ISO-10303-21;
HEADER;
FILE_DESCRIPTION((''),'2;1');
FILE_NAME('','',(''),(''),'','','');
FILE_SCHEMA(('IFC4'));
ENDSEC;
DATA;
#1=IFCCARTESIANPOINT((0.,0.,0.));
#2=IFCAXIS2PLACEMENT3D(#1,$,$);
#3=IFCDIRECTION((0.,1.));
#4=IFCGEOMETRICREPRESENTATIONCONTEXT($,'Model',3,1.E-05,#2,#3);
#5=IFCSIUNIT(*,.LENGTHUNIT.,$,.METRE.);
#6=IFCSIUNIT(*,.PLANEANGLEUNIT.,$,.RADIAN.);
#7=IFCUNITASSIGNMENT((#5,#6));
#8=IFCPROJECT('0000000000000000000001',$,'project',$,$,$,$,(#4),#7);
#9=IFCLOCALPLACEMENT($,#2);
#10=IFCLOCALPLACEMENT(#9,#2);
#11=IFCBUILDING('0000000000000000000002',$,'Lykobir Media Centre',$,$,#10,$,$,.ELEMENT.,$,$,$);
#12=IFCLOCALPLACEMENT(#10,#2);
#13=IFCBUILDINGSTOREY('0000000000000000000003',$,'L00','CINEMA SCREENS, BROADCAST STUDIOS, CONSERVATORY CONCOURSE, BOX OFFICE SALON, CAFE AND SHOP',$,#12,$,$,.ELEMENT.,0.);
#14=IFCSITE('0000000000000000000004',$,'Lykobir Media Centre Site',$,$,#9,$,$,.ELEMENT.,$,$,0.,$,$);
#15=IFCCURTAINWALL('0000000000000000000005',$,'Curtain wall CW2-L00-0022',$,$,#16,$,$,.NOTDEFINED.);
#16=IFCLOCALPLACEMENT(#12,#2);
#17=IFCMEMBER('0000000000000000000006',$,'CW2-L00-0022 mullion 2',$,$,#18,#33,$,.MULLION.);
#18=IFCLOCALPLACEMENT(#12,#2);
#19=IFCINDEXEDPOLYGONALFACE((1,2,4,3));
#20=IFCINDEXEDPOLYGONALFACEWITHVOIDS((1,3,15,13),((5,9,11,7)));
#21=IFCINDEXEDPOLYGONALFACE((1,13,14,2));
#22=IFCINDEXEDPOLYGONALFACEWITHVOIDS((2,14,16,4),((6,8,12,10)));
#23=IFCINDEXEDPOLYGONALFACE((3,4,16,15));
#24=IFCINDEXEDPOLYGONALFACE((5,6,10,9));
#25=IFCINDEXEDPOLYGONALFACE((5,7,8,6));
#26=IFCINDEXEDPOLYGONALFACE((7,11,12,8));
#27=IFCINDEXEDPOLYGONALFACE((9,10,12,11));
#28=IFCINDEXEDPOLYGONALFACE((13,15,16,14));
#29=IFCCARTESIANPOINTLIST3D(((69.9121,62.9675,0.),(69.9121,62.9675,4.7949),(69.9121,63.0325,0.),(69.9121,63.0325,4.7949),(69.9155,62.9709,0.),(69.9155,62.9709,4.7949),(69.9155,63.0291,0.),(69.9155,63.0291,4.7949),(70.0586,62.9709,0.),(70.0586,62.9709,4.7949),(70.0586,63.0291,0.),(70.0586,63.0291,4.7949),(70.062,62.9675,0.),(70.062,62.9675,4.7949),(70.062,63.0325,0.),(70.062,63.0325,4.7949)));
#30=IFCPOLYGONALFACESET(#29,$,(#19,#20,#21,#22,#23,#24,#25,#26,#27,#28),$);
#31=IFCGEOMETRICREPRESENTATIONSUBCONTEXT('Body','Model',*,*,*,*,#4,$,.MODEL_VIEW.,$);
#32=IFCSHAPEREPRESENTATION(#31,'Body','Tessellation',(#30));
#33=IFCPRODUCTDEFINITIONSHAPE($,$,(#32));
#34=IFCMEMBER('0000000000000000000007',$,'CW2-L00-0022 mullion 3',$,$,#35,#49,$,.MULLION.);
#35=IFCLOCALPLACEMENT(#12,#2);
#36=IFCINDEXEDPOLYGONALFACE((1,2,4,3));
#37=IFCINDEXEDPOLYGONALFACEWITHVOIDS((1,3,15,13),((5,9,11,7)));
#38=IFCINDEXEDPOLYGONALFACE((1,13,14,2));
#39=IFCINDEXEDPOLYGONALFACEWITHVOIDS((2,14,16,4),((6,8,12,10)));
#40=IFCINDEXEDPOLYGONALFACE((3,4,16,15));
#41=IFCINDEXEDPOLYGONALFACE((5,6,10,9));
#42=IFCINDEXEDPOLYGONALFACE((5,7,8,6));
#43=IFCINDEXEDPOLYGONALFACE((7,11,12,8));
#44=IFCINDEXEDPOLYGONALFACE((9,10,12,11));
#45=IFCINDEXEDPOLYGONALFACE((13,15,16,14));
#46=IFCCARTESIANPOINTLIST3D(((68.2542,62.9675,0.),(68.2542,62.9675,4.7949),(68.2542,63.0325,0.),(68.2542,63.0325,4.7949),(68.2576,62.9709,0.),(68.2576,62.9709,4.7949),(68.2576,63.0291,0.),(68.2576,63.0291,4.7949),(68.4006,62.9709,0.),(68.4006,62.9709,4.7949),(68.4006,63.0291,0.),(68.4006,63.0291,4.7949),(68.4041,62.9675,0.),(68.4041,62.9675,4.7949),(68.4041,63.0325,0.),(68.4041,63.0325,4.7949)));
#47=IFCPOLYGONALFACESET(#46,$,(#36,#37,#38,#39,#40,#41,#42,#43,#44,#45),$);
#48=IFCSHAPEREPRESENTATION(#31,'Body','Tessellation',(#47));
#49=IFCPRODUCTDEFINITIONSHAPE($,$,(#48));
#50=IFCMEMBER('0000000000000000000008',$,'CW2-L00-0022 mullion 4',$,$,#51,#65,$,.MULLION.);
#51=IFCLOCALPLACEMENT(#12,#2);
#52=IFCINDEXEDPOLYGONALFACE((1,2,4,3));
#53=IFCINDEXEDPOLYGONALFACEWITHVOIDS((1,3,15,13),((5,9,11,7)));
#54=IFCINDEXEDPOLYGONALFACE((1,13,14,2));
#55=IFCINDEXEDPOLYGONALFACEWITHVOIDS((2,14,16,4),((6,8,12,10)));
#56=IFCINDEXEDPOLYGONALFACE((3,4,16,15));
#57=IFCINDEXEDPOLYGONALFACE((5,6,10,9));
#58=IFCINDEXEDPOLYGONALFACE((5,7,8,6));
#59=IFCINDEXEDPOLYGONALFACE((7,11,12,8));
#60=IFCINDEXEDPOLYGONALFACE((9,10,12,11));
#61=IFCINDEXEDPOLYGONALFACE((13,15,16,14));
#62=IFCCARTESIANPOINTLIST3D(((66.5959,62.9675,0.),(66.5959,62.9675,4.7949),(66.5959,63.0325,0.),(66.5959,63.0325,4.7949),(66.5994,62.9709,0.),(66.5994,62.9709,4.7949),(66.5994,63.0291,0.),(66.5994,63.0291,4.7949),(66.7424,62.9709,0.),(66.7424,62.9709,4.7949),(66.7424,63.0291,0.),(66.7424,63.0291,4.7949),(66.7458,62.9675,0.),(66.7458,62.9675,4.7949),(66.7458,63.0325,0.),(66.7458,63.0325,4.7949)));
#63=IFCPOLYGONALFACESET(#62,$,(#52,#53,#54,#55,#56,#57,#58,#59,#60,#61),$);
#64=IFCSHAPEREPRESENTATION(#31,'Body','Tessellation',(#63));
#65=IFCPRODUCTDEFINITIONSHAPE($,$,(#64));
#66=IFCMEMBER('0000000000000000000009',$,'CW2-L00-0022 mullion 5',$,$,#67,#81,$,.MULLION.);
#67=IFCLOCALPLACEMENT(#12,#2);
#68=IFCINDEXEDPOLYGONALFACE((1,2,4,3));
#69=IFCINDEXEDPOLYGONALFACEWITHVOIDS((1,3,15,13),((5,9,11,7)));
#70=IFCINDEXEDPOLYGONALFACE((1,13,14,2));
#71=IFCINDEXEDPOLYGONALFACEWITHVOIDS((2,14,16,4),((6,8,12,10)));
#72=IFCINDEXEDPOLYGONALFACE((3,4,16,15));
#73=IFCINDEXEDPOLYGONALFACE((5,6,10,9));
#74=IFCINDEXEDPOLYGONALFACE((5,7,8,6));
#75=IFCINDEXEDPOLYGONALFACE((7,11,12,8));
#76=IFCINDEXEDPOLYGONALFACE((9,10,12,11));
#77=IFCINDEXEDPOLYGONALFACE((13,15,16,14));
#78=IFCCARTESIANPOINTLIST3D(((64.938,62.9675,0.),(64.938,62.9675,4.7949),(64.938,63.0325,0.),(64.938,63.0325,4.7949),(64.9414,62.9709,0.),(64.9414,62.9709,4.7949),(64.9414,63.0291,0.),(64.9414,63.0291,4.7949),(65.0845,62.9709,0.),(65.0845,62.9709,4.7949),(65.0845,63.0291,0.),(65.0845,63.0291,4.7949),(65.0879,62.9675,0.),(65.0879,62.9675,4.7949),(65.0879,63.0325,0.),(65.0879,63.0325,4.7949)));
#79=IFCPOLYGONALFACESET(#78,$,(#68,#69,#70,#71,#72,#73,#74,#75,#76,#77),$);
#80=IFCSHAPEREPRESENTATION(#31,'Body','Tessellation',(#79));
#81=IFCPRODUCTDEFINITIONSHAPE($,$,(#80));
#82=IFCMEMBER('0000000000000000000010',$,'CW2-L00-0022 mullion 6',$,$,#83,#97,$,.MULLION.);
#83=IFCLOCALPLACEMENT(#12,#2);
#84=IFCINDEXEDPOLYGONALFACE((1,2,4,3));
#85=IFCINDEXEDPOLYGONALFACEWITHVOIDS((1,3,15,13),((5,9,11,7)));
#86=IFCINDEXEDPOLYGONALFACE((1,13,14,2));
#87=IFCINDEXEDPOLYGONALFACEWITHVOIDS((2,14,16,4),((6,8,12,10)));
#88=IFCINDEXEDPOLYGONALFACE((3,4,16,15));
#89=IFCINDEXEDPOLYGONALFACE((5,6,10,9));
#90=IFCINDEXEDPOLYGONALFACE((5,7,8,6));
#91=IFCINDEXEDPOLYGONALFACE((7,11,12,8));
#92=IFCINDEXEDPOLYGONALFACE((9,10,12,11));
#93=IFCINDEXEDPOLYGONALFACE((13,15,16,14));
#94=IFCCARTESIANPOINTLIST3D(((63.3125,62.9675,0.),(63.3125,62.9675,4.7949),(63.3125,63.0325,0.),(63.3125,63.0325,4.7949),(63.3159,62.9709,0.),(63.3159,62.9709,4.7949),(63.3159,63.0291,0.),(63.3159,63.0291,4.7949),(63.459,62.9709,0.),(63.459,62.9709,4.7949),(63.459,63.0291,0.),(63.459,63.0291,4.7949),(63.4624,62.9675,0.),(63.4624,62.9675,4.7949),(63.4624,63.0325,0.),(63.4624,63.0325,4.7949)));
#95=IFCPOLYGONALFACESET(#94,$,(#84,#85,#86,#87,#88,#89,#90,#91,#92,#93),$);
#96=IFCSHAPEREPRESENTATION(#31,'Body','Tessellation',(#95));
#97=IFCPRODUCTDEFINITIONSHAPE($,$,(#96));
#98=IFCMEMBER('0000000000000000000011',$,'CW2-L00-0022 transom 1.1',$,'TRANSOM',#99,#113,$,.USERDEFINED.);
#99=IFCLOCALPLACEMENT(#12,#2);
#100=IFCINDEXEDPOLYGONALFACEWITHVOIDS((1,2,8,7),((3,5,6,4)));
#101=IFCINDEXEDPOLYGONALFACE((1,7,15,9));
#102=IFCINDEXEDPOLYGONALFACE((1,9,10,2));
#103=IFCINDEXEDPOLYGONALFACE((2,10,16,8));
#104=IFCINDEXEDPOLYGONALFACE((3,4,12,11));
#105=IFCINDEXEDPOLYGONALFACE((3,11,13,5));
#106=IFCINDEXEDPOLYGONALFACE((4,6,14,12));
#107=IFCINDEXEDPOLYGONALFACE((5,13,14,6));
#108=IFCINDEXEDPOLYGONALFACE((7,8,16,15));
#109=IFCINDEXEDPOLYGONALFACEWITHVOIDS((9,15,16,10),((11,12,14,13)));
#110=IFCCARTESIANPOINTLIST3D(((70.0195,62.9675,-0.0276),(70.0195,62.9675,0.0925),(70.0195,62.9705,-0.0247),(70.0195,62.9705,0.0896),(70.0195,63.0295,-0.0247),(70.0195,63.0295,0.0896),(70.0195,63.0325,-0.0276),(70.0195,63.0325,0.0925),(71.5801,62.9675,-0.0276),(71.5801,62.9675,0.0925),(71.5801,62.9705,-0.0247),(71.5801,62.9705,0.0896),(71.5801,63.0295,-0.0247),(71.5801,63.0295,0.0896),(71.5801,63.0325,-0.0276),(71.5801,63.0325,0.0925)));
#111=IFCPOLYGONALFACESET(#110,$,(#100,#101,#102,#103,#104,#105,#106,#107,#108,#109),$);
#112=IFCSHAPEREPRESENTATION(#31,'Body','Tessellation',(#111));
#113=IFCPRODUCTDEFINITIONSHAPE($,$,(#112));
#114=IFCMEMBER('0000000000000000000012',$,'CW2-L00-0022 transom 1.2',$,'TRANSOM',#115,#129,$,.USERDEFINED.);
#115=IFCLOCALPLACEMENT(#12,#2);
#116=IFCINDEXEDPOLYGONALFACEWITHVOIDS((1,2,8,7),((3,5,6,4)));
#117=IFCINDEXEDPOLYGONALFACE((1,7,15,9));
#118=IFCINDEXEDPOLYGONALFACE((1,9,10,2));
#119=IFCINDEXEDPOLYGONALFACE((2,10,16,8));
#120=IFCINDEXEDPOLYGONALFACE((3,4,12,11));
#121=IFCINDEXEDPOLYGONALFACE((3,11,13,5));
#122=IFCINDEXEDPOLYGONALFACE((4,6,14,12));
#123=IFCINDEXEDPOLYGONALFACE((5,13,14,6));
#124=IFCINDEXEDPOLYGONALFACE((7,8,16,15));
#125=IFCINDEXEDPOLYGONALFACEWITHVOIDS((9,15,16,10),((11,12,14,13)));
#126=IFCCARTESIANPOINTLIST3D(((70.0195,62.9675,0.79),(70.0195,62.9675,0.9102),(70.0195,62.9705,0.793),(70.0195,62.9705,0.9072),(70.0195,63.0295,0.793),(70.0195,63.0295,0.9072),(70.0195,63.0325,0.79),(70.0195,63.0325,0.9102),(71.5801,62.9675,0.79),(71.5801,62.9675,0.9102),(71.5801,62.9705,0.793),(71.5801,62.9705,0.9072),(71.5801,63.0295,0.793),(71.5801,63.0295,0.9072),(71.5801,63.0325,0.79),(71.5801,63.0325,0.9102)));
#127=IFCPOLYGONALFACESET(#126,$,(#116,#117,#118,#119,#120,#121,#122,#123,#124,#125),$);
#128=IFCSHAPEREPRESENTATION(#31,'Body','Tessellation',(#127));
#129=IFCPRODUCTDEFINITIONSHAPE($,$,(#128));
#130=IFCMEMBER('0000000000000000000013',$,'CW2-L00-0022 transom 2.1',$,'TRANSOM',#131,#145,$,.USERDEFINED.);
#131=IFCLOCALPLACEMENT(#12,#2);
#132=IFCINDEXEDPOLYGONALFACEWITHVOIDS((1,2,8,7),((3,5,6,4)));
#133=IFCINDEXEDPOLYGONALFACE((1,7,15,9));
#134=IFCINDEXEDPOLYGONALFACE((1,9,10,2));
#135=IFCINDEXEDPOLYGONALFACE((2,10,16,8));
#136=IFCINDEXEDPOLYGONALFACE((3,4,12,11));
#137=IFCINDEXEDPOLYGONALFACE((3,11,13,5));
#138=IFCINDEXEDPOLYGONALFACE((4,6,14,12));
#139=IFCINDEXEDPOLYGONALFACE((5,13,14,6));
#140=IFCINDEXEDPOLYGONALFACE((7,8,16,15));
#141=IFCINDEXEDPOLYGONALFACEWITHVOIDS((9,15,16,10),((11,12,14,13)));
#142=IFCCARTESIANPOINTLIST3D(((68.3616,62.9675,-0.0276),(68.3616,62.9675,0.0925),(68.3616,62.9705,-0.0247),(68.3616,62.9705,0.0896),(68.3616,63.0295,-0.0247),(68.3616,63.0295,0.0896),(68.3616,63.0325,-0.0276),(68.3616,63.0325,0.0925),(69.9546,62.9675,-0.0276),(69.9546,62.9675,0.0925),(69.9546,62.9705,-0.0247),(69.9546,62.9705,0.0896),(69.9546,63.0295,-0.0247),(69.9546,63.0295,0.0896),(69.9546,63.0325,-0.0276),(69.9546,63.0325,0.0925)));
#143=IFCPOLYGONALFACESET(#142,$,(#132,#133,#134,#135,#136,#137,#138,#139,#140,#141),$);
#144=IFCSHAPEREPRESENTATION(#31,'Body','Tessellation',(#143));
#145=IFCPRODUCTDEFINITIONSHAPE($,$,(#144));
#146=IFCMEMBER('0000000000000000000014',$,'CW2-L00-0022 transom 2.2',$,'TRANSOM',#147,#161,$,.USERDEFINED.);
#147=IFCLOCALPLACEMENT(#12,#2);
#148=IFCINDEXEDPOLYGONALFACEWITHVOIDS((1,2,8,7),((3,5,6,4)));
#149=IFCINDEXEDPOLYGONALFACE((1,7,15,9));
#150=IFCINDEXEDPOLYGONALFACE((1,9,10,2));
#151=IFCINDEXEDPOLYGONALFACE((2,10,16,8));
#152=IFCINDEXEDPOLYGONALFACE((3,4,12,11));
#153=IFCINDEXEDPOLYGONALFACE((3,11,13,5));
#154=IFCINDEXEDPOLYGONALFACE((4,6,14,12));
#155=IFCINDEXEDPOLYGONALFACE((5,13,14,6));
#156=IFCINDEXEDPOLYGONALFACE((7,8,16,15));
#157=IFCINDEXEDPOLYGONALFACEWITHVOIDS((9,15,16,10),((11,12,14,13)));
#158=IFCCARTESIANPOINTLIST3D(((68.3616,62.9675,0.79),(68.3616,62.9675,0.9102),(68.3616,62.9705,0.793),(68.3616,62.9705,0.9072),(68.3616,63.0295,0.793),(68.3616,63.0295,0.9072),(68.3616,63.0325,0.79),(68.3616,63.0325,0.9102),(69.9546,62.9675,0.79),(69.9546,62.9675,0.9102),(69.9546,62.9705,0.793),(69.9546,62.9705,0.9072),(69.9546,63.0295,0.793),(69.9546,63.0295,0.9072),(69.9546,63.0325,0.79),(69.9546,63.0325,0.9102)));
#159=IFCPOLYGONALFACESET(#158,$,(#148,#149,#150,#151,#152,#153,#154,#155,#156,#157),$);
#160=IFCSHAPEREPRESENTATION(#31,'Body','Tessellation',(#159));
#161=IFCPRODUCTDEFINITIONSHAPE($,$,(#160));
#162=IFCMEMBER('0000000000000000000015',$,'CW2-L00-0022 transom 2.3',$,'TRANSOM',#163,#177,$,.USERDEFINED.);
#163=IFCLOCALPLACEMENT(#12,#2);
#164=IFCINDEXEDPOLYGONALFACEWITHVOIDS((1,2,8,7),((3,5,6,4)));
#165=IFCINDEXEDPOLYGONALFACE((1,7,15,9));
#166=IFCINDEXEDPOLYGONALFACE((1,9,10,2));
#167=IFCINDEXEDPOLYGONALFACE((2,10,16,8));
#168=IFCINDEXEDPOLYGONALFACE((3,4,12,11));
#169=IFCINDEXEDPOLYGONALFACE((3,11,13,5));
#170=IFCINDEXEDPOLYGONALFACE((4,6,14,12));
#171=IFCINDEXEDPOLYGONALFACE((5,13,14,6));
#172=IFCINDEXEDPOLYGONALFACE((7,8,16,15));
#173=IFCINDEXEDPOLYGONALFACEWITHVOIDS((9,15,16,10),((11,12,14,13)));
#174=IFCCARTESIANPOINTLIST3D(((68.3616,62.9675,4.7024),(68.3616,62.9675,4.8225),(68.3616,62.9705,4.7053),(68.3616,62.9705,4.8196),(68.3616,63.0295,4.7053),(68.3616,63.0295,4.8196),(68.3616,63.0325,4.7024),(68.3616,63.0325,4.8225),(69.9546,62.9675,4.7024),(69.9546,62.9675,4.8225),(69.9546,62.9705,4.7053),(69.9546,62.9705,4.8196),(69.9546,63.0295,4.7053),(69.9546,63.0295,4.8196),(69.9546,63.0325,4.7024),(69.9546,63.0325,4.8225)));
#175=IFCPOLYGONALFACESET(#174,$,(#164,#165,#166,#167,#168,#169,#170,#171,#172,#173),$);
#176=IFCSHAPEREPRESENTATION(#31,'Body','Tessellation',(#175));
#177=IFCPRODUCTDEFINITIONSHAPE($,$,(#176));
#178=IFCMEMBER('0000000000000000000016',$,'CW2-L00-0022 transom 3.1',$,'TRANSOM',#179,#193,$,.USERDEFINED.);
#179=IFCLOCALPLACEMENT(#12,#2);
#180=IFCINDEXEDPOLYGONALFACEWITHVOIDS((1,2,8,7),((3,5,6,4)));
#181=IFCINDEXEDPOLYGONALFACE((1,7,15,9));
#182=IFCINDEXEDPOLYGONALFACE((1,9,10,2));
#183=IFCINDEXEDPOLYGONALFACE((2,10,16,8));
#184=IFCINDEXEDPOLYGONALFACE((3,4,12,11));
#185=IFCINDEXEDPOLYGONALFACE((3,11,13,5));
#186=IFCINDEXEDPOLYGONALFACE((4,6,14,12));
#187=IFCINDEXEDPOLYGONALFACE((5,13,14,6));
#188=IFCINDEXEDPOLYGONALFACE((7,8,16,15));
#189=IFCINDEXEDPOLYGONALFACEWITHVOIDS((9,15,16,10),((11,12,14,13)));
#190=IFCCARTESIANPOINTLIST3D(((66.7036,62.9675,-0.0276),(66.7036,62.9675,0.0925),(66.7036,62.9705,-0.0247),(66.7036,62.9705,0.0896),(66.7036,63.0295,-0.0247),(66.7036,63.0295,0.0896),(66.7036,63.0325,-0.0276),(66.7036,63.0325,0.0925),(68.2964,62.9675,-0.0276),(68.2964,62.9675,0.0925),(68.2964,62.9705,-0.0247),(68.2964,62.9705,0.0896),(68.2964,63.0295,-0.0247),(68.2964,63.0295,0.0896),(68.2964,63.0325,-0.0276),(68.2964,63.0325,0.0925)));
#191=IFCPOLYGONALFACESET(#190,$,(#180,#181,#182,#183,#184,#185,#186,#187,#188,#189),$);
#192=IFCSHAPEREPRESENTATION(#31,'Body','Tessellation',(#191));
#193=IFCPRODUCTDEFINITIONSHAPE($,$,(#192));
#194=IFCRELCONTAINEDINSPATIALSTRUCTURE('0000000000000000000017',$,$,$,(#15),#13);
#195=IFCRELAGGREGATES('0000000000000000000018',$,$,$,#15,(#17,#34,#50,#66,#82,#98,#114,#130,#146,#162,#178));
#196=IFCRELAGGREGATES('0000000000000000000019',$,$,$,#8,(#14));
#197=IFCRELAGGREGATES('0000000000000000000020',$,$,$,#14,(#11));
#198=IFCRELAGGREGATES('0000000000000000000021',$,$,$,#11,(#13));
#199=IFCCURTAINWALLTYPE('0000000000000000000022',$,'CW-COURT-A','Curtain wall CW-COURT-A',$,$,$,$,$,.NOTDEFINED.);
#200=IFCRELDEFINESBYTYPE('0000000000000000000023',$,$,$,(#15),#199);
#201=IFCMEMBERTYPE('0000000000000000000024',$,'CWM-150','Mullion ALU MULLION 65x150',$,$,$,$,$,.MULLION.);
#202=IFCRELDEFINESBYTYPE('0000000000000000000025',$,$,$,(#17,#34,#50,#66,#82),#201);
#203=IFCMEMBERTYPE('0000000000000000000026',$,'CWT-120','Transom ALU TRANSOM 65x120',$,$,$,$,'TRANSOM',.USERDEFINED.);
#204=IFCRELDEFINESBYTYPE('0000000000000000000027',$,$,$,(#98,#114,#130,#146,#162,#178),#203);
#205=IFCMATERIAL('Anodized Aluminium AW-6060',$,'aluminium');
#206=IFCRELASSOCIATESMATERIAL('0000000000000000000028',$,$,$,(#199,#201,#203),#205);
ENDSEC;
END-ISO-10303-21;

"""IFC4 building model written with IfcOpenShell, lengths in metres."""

from ifc_helpers import new_model, si_unit, direction, frame, origin, origin_2d, place, context, subcontext, project, spatial, hollow_rectangle, extrude, material, material_profile, profile_set, type_object, element, aggregate, save


model = new_model("IFC4")

# Units and contexts
model_context = context("Model", 3, precision=1e-05, world=origin(), true_north=direction((0.0, 1.0)))
body_context = subcontext(model_context, "Body", "Model", "MODEL_VIEW")
ifc_project = project(units=[si_unit("LENGTHUNIT", "METRE"), si_unit("PLANEANGLEUNIT", "RADIAN")], contexts=[model_context])

# Site, building, storey
site_placement = place(None, origin())
site = spatial("IfcSite", under=ifc_project, at=site_placement, Name="Lykobir Media Centre Site", CompositionType="ELEMENT", RefElevation=0.0)
building_placement = place(site_placement, origin())
building = spatial("IfcBuilding", under=site, at=building_placement, Name="Lykobir Media Centre", CompositionType="ELEMENT")
storey_placement = place(building_placement, origin())
storey = spatial("IfcBuildingStorey", under=building, at=storey_placement, Name="L00", Description="CINEMA SCREENS, BROADCAST STUDIOS, CONSERVATORY CONCOURSE, BOX OFFICE SALON, CAFE AND SHOP", CompositionType="ELEMENT", Elevation=0.0)

# Curtain wall, members
ifc_material_1 = material(Name="Anodized Aluminium AW-6060", Category="aluminium")
curtain_wall_type = type_object("IfcCurtainWallType", Name="CW-COURT-A", Description="Curtain wall CW-COURT-A", PredefinedType="NOTDEFINED", material=ifc_material_1)
curtain_wall_placement = place(storey_placement, origin())
curtain_wall = element("IfcCurtainWall", 1, at=curtain_wall_placement, inside=storey, type_object=curtain_wall_type, Name="Curtain wall CW2-L00-0022", PredefinedType="NOTDEFINED")
ifc_material_profile_1 = material_profile(ifc_material_1, hollow_rectangle(XDim=0.0649, YDim=0.1499, WallThickness=0.0034, at=origin_2d()), Name="ALU MULLION 65x150")
ifc_profile_set_1 = profile_set([ifc_material_profile_1], Name="Anodized Aluminium AW-6060")
member_type_1 = type_object("IfcMemberType", Name="CWM-150", Description="Mullion ALU MULLION 65x150", PredefinedType="MULLION", material=ifc_profile_set_1)
member_1_placement = place(storey_placement, frame((69.9871, 63.0, 0.0), z_axis=(0.0, 0.0, 1.0), x_axis=(0.0, -1.0, 0.0)))
member_1 = element("IfcMember", 2, at=member_1_placement, type_object=member_type_1, Name="CW2-L00-0022 mullion 2", PredefinedType="MULLION", context=body_context, shape_type="SweptSolid", body=[
    extrude(hollow_rectangle(XDim=0.0649, YDim=0.1499, WallThickness=0.0034, at=origin_2d()), origin(), (0.0, 0.0, 1.0), 4.7949),
])
member_2_placement = place(storey_placement, frame((68.3291, 63.0, 0.0), z_axis=(0.0, 0.0, 1.0), x_axis=(0.0, -1.0, 0.0)))
member_2 = element("IfcMember", 3, at=member_2_placement, type_object=member_type_1, Name="CW2-L00-0022 mullion 3", PredefinedType="MULLION", context=body_context, shape_type="SweptSolid", body=[
    extrude(hollow_rectangle(XDim=0.0649, YDim=0.1499, WallThickness=0.0034, at=origin_2d()), origin(), (0.0, 0.0, 1.0), 4.7949),
])
member_3_placement = place(storey_placement, frame((66.6709, 63.0, 0.0), z_axis=(0.0, 0.0, 1.0), x_axis=(0.0, -1.0, 0.0)))
member_3 = element("IfcMember", 4, at=member_3_placement, type_object=member_type_1, Name="CW2-L00-0022 mullion 4", PredefinedType="MULLION", context=body_context, shape_type="SweptSolid", body=[
    extrude(hollow_rectangle(XDim=0.0649, YDim=0.1499, WallThickness=0.0034, at=origin_2d()), origin(), (0.0, 0.0, 1.0), 4.7949),
])
member_4_placement = place(storey_placement, frame((65.0129, 63.0, 0.0), z_axis=(0.0, 0.0, 1.0), x_axis=(0.0, -1.0, 0.0)))
member_4 = element("IfcMember", 5, at=member_4_placement, type_object=member_type_1, Name="CW2-L00-0022 mullion 5", PredefinedType="MULLION", context=body_context, shape_type="SweptSolid", body=[
    extrude(hollow_rectangle(XDim=0.0649, YDim=0.1499, WallThickness=0.0034, at=origin_2d()), origin(), (0.0, 0.0, 1.0), 4.7949),
])
member_5_placement = place(storey_placement, frame((63.3875, 63.0, 0.0), z_axis=(0.0, 0.0, 1.0), x_axis=(0.0, -1.0, 0.0)))
member_5 = element("IfcMember", 6, at=member_5_placement, type_object=member_type_1, Name="CW2-L00-0022 mullion 6", PredefinedType="MULLION", context=body_context, shape_type="SweptSolid", body=[
    extrude(hollow_rectangle(XDim=0.0649, YDim=0.1499, WallThickness=0.0034, at=origin_2d()), origin(), (0.0, 0.0, 1.0), 4.7949),
])
ifc_material_profile_2 = material_profile(ifc_material_1, hollow_rectangle(XDim=0.0649, YDim=0.1201, WallThickness=0.0029, at=origin_2d()), Name="ALU TRANSOM 65x120")
ifc_profile_set_2 = profile_set([ifc_material_profile_2], Name="Anodized Aluminium AW-6060")
member_type_2 = type_object("IfcMemberType", Name="CWT-120", Description="Transom ALU TRANSOM 65x120", ElementType="TRANSOM", PredefinedType="USERDEFINED", material=ifc_profile_set_2)
member_6_placement = place(storey_placement, frame((71.5801, 63.0, 0.0325), z_axis=(-1.0, 0.0, 0.0), x_axis=(0.0, -1.0, 0.0)))
member_6 = element("IfcMember", 7, at=member_6_placement, type_object=member_type_2, Name="CW2-L00-0022 transom 1.1", ObjectType="TRANSOM", PredefinedType="USERDEFINED", context=body_context, shape_type="SweptSolid", body=[
    extrude(hollow_rectangle(XDim=0.0649, YDim=0.1201, WallThickness=0.0029, at=origin_2d()), origin(), (0.0, 0.0, 1.0), 1.5605),
])
member_7_placement = place(storey_placement, frame((71.5801, 63.0, 0.8501), z_axis=(-1.0, 0.0, 0.0), x_axis=(0.0, -1.0, 0.0)))
member_7 = element("IfcMember", 8, at=member_7_placement, type_object=member_type_2, Name="CW2-L00-0022 transom 1.2", ObjectType="TRANSOM", PredefinedType="USERDEFINED", context=body_context, shape_type="SweptSolid", body=[
    extrude(hollow_rectangle(XDim=0.0649, YDim=0.1201, WallThickness=0.0029, at=origin_2d()), origin(), (0.0, 0.0, 1.0), 1.5605),
])
member_8_placement = place(storey_placement, frame((69.9546, 63.0, 0.0325), z_axis=(-1.0, 0.0, 0.0), x_axis=(0.0, -1.0, 0.0)))
member_8 = element("IfcMember", 9, at=member_8_placement, type_object=member_type_2, Name="CW2-L00-0022 transom 2.1", ObjectType="TRANSOM", PredefinedType="USERDEFINED", context=body_context, shape_type="SweptSolid", body=[
    extrude(hollow_rectangle(XDim=0.0649, YDim=0.1201, WallThickness=0.0029, at=origin_2d()), origin(), (0.0, 0.0, 1.0), 1.593),
])
member_9_placement = place(storey_placement, frame((69.9546, 63.0, 0.8501), z_axis=(-1.0, 0.0, 0.0), x_axis=(0.0, -1.0, 0.0)))
member_9 = element("IfcMember", 10, at=member_9_placement, type_object=member_type_2, Name="CW2-L00-0022 transom 2.2", ObjectType="TRANSOM", PredefinedType="USERDEFINED", context=body_context, shape_type="SweptSolid", body=[
    extrude(hollow_rectangle(XDim=0.0649, YDim=0.1201, WallThickness=0.0029, at=origin_2d()), origin(), (0.0, 0.0, 1.0), 1.593),
])
member_10_placement = place(storey_placement, frame((69.9546, 63.0, 4.7625), z_axis=(-1.0, 0.0, 0.0), x_axis=(0.0, -1.0, 0.0)))
member_10 = element("IfcMember", 11, at=member_10_placement, type_object=member_type_2, Name="CW2-L00-0022 transom 2.3", ObjectType="TRANSOM", PredefinedType="USERDEFINED", context=body_context, shape_type="SweptSolid", body=[
    extrude(hollow_rectangle(XDim=0.0649, YDim=0.1201, WallThickness=0.0029, at=origin_2d()), origin(), (0.0, 0.0, 1.0), 1.593),
])
member_11_placement = place(storey_placement, frame((68.2964, 63.0, 0.0325), z_axis=(-1.0, 0.0, 0.0), x_axis=(0.0, -1.0, 0.0)))
member_11 = element("IfcMember", 12, at=member_11_placement, type_object=member_type_2, Name="CW2-L00-0022 transom 3.1", ObjectType="TRANSOM", PredefinedType="USERDEFINED", context=body_context, shape_type="SweptSolid", body=[
    extrude(hollow_rectangle(XDim=0.0649, YDim=0.1201, WallThickness=0.0029, at=origin_2d()), origin(), (0.0, 0.0, 1.0), 1.5928),
])
aggregate(curtain_wall, [member_1, member_2, member_3, member_4, member_5, member_6, member_7, member_8, member_9, member_10, member_11])

save(model, "model.ifc")
